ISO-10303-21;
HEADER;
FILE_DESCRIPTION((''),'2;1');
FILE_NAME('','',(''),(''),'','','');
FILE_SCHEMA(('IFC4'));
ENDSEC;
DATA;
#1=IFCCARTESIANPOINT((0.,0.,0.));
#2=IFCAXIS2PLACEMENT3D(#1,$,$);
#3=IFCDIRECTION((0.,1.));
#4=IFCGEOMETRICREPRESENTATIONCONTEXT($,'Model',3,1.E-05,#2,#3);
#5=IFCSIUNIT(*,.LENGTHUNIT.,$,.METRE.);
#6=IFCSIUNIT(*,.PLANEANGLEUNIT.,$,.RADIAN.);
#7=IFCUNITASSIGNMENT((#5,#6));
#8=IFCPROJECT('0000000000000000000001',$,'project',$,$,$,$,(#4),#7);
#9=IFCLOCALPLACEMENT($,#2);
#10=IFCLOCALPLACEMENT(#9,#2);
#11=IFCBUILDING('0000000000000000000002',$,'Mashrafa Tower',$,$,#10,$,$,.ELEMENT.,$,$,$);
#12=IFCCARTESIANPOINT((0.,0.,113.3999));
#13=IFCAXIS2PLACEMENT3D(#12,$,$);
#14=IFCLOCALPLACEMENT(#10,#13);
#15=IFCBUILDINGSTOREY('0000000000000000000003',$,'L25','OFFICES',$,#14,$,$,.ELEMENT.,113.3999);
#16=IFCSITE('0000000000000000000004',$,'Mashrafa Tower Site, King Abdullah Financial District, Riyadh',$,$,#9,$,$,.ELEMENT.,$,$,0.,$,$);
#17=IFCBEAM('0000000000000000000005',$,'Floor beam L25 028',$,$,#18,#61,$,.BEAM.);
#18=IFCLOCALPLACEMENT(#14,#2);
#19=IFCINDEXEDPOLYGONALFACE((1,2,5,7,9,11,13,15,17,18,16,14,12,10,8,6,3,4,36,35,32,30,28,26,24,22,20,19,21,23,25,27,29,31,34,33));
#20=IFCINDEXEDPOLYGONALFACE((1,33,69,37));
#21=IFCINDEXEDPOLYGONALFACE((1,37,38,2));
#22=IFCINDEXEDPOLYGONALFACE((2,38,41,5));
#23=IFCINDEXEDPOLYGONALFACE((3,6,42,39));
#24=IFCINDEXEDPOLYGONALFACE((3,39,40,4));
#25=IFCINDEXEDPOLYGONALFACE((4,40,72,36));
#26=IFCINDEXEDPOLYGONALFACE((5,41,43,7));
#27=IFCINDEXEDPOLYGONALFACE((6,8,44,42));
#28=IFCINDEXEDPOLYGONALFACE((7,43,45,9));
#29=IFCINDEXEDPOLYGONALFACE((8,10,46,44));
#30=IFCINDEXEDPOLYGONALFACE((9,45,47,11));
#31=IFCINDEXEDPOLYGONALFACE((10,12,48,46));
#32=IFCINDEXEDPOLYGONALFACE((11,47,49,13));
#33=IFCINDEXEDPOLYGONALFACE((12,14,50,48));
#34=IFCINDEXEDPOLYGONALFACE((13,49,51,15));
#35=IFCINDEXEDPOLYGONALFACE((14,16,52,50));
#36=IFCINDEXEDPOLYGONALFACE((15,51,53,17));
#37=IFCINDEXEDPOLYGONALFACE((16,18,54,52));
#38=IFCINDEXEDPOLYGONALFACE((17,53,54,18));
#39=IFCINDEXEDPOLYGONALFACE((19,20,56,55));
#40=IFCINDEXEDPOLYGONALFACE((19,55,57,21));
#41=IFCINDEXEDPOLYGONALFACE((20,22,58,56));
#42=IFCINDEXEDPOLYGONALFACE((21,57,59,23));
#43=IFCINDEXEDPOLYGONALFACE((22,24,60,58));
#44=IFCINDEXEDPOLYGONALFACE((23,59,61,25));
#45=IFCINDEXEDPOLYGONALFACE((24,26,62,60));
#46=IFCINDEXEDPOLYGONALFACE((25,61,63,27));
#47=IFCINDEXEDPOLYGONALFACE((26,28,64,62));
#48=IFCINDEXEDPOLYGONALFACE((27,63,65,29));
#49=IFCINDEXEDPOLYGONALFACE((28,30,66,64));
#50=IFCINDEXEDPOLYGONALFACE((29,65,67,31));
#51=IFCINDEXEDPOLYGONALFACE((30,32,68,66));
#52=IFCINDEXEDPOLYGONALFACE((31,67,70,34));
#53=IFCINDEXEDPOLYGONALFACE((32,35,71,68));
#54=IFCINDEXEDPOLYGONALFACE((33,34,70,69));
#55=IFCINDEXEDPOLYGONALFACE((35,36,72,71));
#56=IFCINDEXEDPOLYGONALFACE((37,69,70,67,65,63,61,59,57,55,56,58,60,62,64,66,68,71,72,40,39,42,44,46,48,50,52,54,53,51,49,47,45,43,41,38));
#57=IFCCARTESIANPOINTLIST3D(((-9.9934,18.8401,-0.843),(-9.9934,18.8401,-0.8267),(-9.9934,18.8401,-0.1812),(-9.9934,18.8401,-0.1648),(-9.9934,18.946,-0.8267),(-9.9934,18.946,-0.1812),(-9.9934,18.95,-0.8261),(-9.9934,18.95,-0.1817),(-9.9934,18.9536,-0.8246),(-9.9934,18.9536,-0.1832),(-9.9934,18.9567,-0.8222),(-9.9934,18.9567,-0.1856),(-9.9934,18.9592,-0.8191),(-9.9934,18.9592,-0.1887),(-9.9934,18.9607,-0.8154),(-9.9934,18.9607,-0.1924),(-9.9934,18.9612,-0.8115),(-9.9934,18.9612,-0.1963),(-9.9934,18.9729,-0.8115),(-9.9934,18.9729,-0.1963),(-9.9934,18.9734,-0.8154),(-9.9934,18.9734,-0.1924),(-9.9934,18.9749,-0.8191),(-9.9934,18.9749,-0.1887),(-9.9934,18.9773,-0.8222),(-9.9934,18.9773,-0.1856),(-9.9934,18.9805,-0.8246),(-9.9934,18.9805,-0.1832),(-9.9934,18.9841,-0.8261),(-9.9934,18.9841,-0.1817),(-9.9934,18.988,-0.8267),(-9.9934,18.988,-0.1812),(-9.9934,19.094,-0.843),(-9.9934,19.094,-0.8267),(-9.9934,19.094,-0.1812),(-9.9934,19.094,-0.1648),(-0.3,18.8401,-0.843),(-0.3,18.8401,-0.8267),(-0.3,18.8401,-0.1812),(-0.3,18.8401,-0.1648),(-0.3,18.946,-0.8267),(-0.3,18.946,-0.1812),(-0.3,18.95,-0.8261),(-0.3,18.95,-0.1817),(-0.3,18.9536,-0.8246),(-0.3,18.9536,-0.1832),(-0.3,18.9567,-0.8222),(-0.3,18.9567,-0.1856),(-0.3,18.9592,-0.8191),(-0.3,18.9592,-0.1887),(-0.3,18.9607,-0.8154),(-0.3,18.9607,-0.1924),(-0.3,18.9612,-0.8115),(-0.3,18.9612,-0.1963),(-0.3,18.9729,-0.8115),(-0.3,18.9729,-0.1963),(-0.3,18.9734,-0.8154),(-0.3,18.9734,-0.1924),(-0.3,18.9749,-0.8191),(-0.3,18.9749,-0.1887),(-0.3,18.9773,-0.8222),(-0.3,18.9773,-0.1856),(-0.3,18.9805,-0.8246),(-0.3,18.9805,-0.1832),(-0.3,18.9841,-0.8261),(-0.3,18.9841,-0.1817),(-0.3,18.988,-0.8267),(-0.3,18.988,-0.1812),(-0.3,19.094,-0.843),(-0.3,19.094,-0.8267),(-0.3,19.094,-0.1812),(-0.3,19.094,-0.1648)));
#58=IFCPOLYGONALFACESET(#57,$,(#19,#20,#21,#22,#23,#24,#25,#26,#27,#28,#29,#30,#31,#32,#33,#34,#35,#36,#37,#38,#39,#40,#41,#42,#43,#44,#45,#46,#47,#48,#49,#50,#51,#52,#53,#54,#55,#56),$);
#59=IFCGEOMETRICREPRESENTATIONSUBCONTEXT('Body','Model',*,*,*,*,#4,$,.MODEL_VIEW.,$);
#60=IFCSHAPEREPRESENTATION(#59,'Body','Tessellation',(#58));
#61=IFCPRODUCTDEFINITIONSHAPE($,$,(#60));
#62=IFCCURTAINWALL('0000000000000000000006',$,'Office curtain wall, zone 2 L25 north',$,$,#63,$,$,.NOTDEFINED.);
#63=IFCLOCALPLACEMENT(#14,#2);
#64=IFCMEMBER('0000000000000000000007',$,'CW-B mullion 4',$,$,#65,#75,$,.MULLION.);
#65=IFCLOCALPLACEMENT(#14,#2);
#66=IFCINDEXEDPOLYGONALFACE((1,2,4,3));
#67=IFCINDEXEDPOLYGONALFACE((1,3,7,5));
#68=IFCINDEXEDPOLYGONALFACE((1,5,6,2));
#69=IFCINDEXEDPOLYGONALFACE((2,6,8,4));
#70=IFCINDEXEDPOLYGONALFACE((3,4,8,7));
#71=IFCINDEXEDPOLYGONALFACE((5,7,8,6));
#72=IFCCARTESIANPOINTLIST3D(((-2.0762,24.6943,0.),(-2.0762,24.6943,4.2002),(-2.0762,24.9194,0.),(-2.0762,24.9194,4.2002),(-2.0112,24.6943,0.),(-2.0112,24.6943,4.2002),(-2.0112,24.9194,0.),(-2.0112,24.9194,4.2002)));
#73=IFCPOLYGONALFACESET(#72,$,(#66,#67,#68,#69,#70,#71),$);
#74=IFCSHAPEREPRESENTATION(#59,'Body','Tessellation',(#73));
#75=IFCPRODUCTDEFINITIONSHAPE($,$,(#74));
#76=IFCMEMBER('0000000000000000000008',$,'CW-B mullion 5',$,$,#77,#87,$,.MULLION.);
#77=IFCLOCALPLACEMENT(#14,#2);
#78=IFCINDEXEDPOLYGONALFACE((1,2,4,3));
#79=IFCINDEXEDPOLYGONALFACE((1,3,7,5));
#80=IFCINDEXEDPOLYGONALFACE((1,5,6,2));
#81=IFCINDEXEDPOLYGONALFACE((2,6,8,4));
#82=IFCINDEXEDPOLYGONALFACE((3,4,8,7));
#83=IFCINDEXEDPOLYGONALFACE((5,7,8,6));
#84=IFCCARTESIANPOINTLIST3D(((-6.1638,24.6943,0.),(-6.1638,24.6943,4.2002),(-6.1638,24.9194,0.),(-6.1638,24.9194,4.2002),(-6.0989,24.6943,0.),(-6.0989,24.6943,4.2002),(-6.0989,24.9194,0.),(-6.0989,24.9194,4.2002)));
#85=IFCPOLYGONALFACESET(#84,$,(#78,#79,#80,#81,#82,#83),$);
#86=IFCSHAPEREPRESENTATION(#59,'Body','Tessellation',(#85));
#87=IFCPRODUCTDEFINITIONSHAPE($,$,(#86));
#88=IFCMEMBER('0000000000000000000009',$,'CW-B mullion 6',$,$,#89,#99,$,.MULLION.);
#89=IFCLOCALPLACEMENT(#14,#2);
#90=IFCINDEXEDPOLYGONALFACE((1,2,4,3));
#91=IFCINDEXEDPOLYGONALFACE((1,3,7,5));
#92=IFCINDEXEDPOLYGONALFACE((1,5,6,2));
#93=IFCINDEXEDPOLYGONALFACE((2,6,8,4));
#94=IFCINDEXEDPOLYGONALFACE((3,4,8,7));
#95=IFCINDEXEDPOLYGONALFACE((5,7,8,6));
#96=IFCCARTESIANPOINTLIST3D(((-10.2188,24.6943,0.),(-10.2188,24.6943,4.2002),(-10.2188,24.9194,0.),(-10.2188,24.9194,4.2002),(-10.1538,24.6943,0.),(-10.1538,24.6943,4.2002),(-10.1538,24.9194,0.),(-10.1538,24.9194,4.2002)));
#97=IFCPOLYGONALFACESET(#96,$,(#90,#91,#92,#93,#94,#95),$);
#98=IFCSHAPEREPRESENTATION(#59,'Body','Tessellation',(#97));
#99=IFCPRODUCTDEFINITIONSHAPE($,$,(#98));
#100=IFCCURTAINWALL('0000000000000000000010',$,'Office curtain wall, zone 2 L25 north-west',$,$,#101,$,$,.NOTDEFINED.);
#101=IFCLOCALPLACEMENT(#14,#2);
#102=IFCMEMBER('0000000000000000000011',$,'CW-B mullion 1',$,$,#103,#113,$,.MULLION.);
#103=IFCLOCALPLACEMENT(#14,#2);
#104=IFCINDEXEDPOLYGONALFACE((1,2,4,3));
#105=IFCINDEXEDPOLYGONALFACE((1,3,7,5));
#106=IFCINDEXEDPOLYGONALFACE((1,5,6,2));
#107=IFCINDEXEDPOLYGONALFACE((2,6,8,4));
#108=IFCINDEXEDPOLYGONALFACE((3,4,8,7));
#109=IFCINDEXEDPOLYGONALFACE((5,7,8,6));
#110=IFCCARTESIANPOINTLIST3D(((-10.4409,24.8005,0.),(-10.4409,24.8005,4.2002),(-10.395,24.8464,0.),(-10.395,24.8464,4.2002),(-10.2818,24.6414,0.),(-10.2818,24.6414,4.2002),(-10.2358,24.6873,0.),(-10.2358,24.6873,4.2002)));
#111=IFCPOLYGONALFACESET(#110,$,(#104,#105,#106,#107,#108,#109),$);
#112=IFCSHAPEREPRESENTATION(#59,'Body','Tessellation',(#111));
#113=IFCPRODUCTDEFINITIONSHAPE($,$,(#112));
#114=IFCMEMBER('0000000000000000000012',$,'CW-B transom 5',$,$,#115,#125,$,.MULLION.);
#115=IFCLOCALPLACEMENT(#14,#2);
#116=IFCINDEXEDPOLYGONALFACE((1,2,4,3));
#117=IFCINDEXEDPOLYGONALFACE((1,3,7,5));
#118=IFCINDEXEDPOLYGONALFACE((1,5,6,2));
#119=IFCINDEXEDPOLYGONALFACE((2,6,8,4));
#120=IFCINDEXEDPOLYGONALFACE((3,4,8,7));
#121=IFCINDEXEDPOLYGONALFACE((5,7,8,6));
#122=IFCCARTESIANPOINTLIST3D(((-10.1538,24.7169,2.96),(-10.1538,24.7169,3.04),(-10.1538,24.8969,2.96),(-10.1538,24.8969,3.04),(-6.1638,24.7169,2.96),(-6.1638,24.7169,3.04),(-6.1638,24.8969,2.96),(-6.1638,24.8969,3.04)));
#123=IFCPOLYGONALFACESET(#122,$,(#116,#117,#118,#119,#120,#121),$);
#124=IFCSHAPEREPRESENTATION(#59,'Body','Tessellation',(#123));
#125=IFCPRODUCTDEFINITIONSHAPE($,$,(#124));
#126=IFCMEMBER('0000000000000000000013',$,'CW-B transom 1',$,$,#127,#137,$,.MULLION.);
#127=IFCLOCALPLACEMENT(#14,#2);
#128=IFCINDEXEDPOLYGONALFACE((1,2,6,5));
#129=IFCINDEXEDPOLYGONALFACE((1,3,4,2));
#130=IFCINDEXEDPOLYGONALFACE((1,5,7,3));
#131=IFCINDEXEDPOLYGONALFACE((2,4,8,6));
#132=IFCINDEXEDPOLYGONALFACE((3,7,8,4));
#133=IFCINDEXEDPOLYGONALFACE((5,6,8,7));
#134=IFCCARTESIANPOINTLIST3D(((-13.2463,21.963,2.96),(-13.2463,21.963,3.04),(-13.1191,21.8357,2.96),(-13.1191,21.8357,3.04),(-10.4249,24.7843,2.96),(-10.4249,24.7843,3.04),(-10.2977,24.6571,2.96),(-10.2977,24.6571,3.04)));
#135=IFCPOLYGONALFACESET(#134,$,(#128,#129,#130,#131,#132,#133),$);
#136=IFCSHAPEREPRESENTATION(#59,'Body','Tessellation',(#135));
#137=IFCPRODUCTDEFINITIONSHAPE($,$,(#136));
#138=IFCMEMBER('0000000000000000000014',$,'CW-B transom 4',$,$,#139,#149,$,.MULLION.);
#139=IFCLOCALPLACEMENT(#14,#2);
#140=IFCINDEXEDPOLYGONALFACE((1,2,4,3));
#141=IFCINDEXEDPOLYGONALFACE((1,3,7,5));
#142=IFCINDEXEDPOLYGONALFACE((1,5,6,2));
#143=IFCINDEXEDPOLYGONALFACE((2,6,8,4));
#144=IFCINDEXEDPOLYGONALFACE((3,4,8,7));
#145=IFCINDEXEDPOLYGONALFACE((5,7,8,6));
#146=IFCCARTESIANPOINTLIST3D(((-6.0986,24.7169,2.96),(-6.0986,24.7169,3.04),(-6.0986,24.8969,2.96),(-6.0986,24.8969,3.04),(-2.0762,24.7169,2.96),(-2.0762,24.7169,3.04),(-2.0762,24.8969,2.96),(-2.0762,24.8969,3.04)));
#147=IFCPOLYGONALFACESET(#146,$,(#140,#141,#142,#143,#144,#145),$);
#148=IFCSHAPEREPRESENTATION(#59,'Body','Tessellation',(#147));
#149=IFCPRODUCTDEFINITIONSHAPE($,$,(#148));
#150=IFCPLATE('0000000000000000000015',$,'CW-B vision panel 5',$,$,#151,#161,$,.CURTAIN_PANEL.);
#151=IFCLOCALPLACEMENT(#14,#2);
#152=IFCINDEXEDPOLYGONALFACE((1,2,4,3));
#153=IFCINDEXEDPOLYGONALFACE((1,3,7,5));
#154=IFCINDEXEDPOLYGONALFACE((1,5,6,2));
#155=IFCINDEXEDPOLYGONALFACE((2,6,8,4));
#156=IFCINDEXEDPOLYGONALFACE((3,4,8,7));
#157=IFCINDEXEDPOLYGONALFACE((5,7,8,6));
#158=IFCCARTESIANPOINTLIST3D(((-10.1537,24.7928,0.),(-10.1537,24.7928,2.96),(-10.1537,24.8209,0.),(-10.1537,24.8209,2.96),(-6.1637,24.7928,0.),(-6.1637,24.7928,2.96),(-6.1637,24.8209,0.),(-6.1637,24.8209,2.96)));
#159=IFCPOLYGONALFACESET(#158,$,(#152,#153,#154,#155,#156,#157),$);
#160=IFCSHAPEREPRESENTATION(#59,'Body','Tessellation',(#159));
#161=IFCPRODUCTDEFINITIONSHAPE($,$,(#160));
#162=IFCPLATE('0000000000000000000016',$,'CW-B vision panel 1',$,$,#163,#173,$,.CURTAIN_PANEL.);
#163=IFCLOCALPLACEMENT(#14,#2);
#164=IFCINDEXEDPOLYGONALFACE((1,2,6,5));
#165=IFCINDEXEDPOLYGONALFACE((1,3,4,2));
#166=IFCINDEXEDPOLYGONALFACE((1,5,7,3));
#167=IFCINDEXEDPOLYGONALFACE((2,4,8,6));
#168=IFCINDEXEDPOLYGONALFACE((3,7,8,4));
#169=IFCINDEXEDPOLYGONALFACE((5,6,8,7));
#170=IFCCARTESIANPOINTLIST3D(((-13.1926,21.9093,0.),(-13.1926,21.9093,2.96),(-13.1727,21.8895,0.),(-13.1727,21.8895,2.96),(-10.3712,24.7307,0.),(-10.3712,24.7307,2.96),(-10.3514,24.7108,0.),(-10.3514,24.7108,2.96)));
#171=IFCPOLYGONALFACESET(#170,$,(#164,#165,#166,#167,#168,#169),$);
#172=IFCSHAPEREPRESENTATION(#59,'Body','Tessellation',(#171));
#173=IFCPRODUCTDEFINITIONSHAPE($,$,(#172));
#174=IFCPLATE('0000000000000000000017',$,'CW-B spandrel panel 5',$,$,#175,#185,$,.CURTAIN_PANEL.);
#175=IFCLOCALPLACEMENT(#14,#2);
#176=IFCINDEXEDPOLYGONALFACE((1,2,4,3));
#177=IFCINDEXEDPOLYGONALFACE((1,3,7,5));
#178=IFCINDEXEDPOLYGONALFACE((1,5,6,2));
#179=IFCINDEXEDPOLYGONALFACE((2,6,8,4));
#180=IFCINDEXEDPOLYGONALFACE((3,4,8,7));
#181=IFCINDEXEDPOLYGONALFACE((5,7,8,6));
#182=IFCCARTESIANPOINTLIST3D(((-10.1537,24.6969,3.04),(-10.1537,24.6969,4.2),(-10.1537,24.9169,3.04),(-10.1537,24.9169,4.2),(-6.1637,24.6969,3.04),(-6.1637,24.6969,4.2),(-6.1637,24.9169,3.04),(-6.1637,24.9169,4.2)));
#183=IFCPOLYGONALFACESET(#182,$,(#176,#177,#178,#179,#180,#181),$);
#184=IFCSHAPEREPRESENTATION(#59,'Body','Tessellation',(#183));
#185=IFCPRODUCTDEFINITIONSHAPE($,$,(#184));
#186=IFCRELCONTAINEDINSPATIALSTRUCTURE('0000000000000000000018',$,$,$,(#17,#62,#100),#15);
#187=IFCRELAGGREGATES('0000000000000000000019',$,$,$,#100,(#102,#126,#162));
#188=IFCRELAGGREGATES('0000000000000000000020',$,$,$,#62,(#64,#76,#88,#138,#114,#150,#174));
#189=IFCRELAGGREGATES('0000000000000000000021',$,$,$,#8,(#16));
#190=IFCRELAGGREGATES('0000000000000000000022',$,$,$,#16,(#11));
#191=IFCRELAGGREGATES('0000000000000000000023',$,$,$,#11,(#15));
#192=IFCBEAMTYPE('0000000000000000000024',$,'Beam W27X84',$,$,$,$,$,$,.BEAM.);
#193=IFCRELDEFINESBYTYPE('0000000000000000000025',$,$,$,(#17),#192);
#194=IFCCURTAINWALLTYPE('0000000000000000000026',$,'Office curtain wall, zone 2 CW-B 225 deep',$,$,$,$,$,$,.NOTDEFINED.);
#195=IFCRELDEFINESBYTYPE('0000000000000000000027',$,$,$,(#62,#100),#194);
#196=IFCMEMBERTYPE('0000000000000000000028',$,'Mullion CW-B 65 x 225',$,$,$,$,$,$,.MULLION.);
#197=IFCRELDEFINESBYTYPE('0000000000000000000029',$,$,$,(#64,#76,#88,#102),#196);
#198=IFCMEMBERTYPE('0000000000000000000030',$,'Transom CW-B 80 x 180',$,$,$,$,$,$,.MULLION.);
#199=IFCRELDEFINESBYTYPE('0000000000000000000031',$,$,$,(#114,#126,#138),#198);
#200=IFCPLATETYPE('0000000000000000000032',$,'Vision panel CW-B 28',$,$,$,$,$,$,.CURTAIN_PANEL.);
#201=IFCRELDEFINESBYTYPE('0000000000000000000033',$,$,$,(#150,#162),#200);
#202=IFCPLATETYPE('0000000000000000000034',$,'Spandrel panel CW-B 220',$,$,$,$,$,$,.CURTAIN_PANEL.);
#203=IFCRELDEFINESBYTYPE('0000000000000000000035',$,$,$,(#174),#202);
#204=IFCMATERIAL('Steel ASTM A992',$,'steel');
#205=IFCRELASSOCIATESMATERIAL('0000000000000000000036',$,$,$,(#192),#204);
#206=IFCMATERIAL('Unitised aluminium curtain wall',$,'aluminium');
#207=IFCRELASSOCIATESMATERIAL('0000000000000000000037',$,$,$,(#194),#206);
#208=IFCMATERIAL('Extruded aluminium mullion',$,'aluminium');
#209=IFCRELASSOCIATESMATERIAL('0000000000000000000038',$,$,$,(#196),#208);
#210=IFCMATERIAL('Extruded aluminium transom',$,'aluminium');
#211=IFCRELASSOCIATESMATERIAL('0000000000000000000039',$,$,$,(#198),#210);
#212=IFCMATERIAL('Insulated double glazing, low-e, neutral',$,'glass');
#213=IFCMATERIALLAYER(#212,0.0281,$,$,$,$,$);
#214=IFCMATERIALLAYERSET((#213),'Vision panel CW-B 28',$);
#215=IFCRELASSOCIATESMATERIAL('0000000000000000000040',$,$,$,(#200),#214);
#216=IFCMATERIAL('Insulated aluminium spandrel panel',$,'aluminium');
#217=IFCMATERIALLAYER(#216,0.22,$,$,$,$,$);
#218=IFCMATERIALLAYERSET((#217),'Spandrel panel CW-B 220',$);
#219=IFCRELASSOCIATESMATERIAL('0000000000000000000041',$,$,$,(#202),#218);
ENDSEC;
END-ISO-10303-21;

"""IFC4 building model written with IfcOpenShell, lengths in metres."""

from ifc_helpers import new_model, si_unit, direction, frame, origin, origin_2d, place, context, subcontext, project, spatial, rectangle, i_section, extrude, source, transform, mapped, material, layer, layer_set, material_profile, profile_set, type_object, type_shapes, element, aggregate, save


model = new_model("IFC4")

# Units and contexts
model_context = context("Model", 3, precision=1e-05, world=origin(), true_north=direction((0.0, 1.0)))
body_context = subcontext(model_context, "Body", "Model", "MODEL_VIEW")
ifc_project = project(units=[si_unit("LENGTHUNIT", "METRE"), si_unit("PLANEANGLEUNIT", "RADIAN")], contexts=[model_context])

# Site, building, storey
site_placement = place(None, origin())
site = spatial("IfcSite", under=ifc_project, at=site_placement, Name="Mashrafa Tower Site, King Abdullah Financial District, Riyadh", CompositionType="ELEMENT", RefElevation=0.0)
building_placement = place(site_placement, origin())
building = spatial("IfcBuilding", under=site, at=building_placement, Name="Mashrafa Tower", CompositionType="ELEMENT")
storey_placement = place(building_placement, frame((0.0, 0.0, 113.3999)))
storey = spatial("IfcBuildingStorey", under=building, at=storey_placement, Name="L25", Description="OFFICES", CompositionType="ELEMENT", Elevation=113.3999)

# Beam
ifc_material_1 = material(Name="Steel ASTM A992", Category="steel")
ifc_material_profile_1 = material_profile(ifc_material_1, i_section(OverallWidth=0.2539, OverallDepth=0.6782, WebThickness=0.0117, FlangeThickness=0.0164, FilletRadius=0.0151, at=origin_2d()), Name="W27X84")
ifc_profile_set_1 = profile_set([ifc_material_profile_1], Name="Steel ASTM A992")
beam_type_1 = type_object("IfcBeamType", Name="Beam W27X84", PredefinedType="BEAM", material=ifc_profile_set_1)
beam_1_placement = place(storey_placement, frame((-9.9934, 18.967, -0.5039), z_axis=(1.0, 0.0, 0.0), x_axis=(0.0, 1.0, 0.0)))
element("IfcBeam", 1, at=beam_1_placement, inside=storey, type_object=beam_type_1, Name="Floor beam L25 028", PredefinedType="BEAM", context=body_context, shape_type="SweptSolid", body=[
    extrude(i_section(OverallWidth=0.2539, OverallDepth=0.6782, WebThickness=0.0117, FlangeThickness=0.0164, FilletRadius=0.0151, at=origin_2d()), origin(), (0.0, 0.0, 1.0), 9.6934),
])

# Curtain wall, members
ifc_material_2 = material(Name="Unitised aluminium curtain wall", Category="aluminium")
curtain_wall_type = type_object("IfcCurtainWallType", Name="Office curtain wall, zone 2 CW-B 225 deep", PredefinedType="NOTDEFINED", material=ifc_material_2)
curtain_wall_1_placement = place(storey_placement, origin())
curtain_wall_1 = element("IfcCurtainWall", 2, at=curtain_wall_1_placement, inside=storey, type_object=curtain_wall_type, Name="Office curtain wall, zone 2 L25 north", PredefinedType="NOTDEFINED")
ifc_material_3 = material(Name="Extruded aluminium mullion", Category="aluminium")
ifc_material_profile_2 = material_profile(ifc_material_3, rectangle(XDim=0.2251, YDim=0.0649, at=origin_2d()), Name="Mullion 65x225")
ifc_profile_set_2 = profile_set([ifc_material_profile_2], Name="Extruded aluminium mullion")
member_type_1 = type_object("IfcMemberType", Name="Mullion CW-B 65 x 225", PredefinedType="MULLION", material=ifc_profile_set_2)
shared_shape_1 = source(origin(), body_context, "Body", "SweptSolid", [
    extrude(rectangle(XDim=0.2251, YDim=0.0649, at=origin_2d()), origin(), (0.0, 0.0, 1.0), 4.2002),
])
type_shapes(member_type_1, [shared_shape_1])
member_1_placement = place(storey_placement, frame((-2.0437, 24.8069, 0.0), z_axis=(0.0, 0.0, 1.0), x_axis=(0.0, -1.0, 0.0)))
member_1 = element("IfcMember", 3, at=member_1_placement, type_object=member_type_1, Name="CW-B mullion 4", PredefinedType="MULLION", context=body_context, shape_type="MappedRepresentation", body=[
    mapped(shared_shape_1, transform((0.0, 0.0, 0.0))),
])
member_2_placement = place(storey_placement, frame((-6.1313, 24.8069, 0.0), z_axis=(0.0, 0.0, 1.0), x_axis=(0.0, -1.0, 0.0)))
member_2 = element("IfcMember", 4, at=member_2_placement, type_object=member_type_1, Name="CW-B mullion 5", PredefinedType="MULLION", context=body_context, shape_type="MappedRepresentation", body=[
    mapped(shared_shape_1, transform((0.0, 0.0, 0.0))),
])
member_3_placement = place(storey_placement, frame((-10.1863, 24.8069, 0.0), z_axis=(0.0, 0.0, 1.0), x_axis=(0.0, -1.0, 0.0)))
member_3 = element("IfcMember", 5, at=member_3_placement, type_object=member_type_1, Name="CW-B mullion 6", PredefinedType="MULLION", context=body_context, shape_type="MappedRepresentation", body=[
    mapped(shared_shape_1, transform((0.0, 0.0, 0.0))),
])

# Curtain wall, member
curtain_wall_2_placement = place(storey_placement, origin())
curtain_wall_2 = element("IfcCurtainWall", 6, at=curtain_wall_2_placement, inside=storey, type_object=curtain_wall_type, Name="Office curtain wall, zone 2 L25 north-west", PredefinedType="NOTDEFINED")
member_4_placement = place(storey_placement, frame((-10.3384, 24.7439, 0.0), z_axis=(0.0, 0.0, 1.0), x_axis=(0.707107, -0.707107, 0.0)))
member_4 = element("IfcMember", 7, at=member_4_placement, type_object=member_type_1, Name="CW-B mullion 1", PredefinedType="MULLION", context=body_context, shape_type="MappedRepresentation", body=[
    mapped(shared_shape_1, transform((0.0, 0.0, 0.0))),
])

# Members
ifc_material_4 = material(Name="Extruded aluminium transom", Category="aluminium")
ifc_material_profile_3 = material_profile(ifc_material_4, rectangle(XDim=0.1799, YDim=0.0801, at=origin_2d()), Name="Transom 80x180")
ifc_profile_set_3 = profile_set([ifc_material_profile_3], Name="Extruded aluminium transom")
member_type_2 = type_object("IfcMemberType", Name="Transom CW-B 80 x 180", PredefinedType="MULLION", material=ifc_profile_set_3)
shared_shape_2 = source(origin(), body_context, "Body", "SweptSolid", [
    extrude(rectangle(XDim=0.1799, YDim=0.0801, at=origin_2d()), origin(), (0.0, 0.0, 1.0), 3.99),
])
member_5_placement = place(storey_placement, frame((-6.1638, 24.8069, 3.0), z_axis=(-1.0, 0.0, 0.0), x_axis=(0.0, -1.0, 0.0)))
member_5 = element("IfcMember", 8, at=member_5_placement, type_object=member_type_2, Name="CW-B transom 5", PredefinedType="MULLION", context=body_context, shape_type="MappedRepresentation", body=[
    mapped(shared_shape_2, transform((0.0, 0.0, 0.0))),
])
member_6_placement = place(storey_placement, frame((-10.3613, 24.7207, 3.0), z_axis=(-0.707107, -0.707107, 0.0), x_axis=(0.707107, -0.707107, 0.0)))
member_6 = element("IfcMember", 9, at=member_6_placement, type_object=member_type_2, Name="CW-B transom 1", PredefinedType="MULLION", context=body_context, shape_type="MappedRepresentation", body=[
    mapped(shared_shape_2, transform((0.0, 0.0, 0.0))),
])
shared_shape_3 = source(origin(), body_context, "Body", "SweptSolid", [
    extrude(rectangle(XDim=0.1799, YDim=0.0801, at=origin_2d()), origin(), (0.0, 0.0, 1.0), 4.0225),
])
type_shapes(member_type_2, [shared_shape_2, shared_shape_3])
member_7_placement = place(storey_placement, frame((-2.0762, 24.8069, 3.0), z_axis=(-1.0, 0.0, 0.0), x_axis=(0.0, -1.0, 0.0)))
member_7 = element("IfcMember", 10, at=member_7_placement, type_object=member_type_2, Name="CW-B transom 4", PredefinedType="MULLION", context=body_context, shape_type="MappedRepresentation", body=[
    mapped(shared_shape_3, transform((0.0, 0.0, 0.0))),
])

# Plates
ifc_material_5 = material(Name="Insulated double glazing, low-e, neutral", Category="glass")
ifc_layer_1 = layer(ifc_material_5, 0.0281)
ifc_layer_set_1 = layer_set([ifc_layer_1], Name="Vision panel CW-B 28")
plate_type_1 = type_object("IfcPlateType", Name="Vision panel CW-B 28", PredefinedType="CURTAIN_PANEL", material=ifc_layer_set_1)
shared_shape_4 = source(origin(), body_context, "Body", "SweptSolid", [
    extrude(rectangle(XDim=3.99, YDim=0.0281, at=origin_2d()), origin(), (0.0, 0.0, 1.0), 2.96),
])
plate_1_placement = place(storey_placement, frame((-8.1587, 24.8069, 0.0), z_axis=(0.0, 0.0, 1.0), x_axis=(-1.0, 0.0, 0.0)))
plate_1 = element("IfcPlate", 11, at=plate_1_placement, type_object=plate_type_1, Name="CW-B vision panel 5", PredefinedType="CURTAIN_PANEL", context=body_context, shape_type="MappedRepresentation", body=[
    mapped(shared_shape_4, transform((0.0, 0.0, 0.0))),
])
plate_2_placement = place(storey_placement, frame((-11.772, 23.3101, 0.0), z_axis=(0.0, 0.0, 1.0), x_axis=(-0.707107, -0.707107, 0.0)))
plate_2 = element("IfcPlate", 12, at=plate_2_placement, type_object=plate_type_1, Name="CW-B vision panel 1", PredefinedType="CURTAIN_PANEL", context=body_context, shape_type="MappedRepresentation", body=[
    mapped(shared_shape_4, transform((0.0, 0.0, 0.0))),
])
ifc_material_6 = material(Name="Insulated aluminium spandrel panel", Category="aluminium")
ifc_layer_2 = layer(ifc_material_6, 0.22)
ifc_layer_set_2 = layer_set([ifc_layer_2], Name="Spandrel panel CW-B 220")
plate_type_2 = type_object("IfcPlateType", Name="Spandrel panel CW-B 220", PredefinedType="CURTAIN_PANEL", material=ifc_layer_set_2)
shared_shape_5 = source(origin(), body_context, "Body", "SweptSolid", [
    extrude(rectangle(XDim=3.99, YDim=0.22, at=origin_2d()), origin(), (0.0, 0.0, 1.0), 1.1599),
])
plate_3_placement = place(storey_placement, frame((-8.1587, 24.8069, 3.04), z_axis=(0.0, 0.0, 1.0), x_axis=(-1.0, 0.0, 0.0)))
plate_3 = element("IfcPlate", 13, at=plate_3_placement, type_object=plate_type_2, Name="CW-B spandrel panel 5", PredefinedType="CURTAIN_PANEL", context=body_context, shape_type="MappedRepresentation", body=[
    mapped(shared_shape_5, transform((0.0, 0.0, 0.0))),
])
aggregate(curtain_wall_2, [member_4, member_6, plate_2])
aggregate(curtain_wall_1, [member_1, member_2, member_3, member_7, member_5, plate_1, plate_3])

save(model, "model.ifc")
